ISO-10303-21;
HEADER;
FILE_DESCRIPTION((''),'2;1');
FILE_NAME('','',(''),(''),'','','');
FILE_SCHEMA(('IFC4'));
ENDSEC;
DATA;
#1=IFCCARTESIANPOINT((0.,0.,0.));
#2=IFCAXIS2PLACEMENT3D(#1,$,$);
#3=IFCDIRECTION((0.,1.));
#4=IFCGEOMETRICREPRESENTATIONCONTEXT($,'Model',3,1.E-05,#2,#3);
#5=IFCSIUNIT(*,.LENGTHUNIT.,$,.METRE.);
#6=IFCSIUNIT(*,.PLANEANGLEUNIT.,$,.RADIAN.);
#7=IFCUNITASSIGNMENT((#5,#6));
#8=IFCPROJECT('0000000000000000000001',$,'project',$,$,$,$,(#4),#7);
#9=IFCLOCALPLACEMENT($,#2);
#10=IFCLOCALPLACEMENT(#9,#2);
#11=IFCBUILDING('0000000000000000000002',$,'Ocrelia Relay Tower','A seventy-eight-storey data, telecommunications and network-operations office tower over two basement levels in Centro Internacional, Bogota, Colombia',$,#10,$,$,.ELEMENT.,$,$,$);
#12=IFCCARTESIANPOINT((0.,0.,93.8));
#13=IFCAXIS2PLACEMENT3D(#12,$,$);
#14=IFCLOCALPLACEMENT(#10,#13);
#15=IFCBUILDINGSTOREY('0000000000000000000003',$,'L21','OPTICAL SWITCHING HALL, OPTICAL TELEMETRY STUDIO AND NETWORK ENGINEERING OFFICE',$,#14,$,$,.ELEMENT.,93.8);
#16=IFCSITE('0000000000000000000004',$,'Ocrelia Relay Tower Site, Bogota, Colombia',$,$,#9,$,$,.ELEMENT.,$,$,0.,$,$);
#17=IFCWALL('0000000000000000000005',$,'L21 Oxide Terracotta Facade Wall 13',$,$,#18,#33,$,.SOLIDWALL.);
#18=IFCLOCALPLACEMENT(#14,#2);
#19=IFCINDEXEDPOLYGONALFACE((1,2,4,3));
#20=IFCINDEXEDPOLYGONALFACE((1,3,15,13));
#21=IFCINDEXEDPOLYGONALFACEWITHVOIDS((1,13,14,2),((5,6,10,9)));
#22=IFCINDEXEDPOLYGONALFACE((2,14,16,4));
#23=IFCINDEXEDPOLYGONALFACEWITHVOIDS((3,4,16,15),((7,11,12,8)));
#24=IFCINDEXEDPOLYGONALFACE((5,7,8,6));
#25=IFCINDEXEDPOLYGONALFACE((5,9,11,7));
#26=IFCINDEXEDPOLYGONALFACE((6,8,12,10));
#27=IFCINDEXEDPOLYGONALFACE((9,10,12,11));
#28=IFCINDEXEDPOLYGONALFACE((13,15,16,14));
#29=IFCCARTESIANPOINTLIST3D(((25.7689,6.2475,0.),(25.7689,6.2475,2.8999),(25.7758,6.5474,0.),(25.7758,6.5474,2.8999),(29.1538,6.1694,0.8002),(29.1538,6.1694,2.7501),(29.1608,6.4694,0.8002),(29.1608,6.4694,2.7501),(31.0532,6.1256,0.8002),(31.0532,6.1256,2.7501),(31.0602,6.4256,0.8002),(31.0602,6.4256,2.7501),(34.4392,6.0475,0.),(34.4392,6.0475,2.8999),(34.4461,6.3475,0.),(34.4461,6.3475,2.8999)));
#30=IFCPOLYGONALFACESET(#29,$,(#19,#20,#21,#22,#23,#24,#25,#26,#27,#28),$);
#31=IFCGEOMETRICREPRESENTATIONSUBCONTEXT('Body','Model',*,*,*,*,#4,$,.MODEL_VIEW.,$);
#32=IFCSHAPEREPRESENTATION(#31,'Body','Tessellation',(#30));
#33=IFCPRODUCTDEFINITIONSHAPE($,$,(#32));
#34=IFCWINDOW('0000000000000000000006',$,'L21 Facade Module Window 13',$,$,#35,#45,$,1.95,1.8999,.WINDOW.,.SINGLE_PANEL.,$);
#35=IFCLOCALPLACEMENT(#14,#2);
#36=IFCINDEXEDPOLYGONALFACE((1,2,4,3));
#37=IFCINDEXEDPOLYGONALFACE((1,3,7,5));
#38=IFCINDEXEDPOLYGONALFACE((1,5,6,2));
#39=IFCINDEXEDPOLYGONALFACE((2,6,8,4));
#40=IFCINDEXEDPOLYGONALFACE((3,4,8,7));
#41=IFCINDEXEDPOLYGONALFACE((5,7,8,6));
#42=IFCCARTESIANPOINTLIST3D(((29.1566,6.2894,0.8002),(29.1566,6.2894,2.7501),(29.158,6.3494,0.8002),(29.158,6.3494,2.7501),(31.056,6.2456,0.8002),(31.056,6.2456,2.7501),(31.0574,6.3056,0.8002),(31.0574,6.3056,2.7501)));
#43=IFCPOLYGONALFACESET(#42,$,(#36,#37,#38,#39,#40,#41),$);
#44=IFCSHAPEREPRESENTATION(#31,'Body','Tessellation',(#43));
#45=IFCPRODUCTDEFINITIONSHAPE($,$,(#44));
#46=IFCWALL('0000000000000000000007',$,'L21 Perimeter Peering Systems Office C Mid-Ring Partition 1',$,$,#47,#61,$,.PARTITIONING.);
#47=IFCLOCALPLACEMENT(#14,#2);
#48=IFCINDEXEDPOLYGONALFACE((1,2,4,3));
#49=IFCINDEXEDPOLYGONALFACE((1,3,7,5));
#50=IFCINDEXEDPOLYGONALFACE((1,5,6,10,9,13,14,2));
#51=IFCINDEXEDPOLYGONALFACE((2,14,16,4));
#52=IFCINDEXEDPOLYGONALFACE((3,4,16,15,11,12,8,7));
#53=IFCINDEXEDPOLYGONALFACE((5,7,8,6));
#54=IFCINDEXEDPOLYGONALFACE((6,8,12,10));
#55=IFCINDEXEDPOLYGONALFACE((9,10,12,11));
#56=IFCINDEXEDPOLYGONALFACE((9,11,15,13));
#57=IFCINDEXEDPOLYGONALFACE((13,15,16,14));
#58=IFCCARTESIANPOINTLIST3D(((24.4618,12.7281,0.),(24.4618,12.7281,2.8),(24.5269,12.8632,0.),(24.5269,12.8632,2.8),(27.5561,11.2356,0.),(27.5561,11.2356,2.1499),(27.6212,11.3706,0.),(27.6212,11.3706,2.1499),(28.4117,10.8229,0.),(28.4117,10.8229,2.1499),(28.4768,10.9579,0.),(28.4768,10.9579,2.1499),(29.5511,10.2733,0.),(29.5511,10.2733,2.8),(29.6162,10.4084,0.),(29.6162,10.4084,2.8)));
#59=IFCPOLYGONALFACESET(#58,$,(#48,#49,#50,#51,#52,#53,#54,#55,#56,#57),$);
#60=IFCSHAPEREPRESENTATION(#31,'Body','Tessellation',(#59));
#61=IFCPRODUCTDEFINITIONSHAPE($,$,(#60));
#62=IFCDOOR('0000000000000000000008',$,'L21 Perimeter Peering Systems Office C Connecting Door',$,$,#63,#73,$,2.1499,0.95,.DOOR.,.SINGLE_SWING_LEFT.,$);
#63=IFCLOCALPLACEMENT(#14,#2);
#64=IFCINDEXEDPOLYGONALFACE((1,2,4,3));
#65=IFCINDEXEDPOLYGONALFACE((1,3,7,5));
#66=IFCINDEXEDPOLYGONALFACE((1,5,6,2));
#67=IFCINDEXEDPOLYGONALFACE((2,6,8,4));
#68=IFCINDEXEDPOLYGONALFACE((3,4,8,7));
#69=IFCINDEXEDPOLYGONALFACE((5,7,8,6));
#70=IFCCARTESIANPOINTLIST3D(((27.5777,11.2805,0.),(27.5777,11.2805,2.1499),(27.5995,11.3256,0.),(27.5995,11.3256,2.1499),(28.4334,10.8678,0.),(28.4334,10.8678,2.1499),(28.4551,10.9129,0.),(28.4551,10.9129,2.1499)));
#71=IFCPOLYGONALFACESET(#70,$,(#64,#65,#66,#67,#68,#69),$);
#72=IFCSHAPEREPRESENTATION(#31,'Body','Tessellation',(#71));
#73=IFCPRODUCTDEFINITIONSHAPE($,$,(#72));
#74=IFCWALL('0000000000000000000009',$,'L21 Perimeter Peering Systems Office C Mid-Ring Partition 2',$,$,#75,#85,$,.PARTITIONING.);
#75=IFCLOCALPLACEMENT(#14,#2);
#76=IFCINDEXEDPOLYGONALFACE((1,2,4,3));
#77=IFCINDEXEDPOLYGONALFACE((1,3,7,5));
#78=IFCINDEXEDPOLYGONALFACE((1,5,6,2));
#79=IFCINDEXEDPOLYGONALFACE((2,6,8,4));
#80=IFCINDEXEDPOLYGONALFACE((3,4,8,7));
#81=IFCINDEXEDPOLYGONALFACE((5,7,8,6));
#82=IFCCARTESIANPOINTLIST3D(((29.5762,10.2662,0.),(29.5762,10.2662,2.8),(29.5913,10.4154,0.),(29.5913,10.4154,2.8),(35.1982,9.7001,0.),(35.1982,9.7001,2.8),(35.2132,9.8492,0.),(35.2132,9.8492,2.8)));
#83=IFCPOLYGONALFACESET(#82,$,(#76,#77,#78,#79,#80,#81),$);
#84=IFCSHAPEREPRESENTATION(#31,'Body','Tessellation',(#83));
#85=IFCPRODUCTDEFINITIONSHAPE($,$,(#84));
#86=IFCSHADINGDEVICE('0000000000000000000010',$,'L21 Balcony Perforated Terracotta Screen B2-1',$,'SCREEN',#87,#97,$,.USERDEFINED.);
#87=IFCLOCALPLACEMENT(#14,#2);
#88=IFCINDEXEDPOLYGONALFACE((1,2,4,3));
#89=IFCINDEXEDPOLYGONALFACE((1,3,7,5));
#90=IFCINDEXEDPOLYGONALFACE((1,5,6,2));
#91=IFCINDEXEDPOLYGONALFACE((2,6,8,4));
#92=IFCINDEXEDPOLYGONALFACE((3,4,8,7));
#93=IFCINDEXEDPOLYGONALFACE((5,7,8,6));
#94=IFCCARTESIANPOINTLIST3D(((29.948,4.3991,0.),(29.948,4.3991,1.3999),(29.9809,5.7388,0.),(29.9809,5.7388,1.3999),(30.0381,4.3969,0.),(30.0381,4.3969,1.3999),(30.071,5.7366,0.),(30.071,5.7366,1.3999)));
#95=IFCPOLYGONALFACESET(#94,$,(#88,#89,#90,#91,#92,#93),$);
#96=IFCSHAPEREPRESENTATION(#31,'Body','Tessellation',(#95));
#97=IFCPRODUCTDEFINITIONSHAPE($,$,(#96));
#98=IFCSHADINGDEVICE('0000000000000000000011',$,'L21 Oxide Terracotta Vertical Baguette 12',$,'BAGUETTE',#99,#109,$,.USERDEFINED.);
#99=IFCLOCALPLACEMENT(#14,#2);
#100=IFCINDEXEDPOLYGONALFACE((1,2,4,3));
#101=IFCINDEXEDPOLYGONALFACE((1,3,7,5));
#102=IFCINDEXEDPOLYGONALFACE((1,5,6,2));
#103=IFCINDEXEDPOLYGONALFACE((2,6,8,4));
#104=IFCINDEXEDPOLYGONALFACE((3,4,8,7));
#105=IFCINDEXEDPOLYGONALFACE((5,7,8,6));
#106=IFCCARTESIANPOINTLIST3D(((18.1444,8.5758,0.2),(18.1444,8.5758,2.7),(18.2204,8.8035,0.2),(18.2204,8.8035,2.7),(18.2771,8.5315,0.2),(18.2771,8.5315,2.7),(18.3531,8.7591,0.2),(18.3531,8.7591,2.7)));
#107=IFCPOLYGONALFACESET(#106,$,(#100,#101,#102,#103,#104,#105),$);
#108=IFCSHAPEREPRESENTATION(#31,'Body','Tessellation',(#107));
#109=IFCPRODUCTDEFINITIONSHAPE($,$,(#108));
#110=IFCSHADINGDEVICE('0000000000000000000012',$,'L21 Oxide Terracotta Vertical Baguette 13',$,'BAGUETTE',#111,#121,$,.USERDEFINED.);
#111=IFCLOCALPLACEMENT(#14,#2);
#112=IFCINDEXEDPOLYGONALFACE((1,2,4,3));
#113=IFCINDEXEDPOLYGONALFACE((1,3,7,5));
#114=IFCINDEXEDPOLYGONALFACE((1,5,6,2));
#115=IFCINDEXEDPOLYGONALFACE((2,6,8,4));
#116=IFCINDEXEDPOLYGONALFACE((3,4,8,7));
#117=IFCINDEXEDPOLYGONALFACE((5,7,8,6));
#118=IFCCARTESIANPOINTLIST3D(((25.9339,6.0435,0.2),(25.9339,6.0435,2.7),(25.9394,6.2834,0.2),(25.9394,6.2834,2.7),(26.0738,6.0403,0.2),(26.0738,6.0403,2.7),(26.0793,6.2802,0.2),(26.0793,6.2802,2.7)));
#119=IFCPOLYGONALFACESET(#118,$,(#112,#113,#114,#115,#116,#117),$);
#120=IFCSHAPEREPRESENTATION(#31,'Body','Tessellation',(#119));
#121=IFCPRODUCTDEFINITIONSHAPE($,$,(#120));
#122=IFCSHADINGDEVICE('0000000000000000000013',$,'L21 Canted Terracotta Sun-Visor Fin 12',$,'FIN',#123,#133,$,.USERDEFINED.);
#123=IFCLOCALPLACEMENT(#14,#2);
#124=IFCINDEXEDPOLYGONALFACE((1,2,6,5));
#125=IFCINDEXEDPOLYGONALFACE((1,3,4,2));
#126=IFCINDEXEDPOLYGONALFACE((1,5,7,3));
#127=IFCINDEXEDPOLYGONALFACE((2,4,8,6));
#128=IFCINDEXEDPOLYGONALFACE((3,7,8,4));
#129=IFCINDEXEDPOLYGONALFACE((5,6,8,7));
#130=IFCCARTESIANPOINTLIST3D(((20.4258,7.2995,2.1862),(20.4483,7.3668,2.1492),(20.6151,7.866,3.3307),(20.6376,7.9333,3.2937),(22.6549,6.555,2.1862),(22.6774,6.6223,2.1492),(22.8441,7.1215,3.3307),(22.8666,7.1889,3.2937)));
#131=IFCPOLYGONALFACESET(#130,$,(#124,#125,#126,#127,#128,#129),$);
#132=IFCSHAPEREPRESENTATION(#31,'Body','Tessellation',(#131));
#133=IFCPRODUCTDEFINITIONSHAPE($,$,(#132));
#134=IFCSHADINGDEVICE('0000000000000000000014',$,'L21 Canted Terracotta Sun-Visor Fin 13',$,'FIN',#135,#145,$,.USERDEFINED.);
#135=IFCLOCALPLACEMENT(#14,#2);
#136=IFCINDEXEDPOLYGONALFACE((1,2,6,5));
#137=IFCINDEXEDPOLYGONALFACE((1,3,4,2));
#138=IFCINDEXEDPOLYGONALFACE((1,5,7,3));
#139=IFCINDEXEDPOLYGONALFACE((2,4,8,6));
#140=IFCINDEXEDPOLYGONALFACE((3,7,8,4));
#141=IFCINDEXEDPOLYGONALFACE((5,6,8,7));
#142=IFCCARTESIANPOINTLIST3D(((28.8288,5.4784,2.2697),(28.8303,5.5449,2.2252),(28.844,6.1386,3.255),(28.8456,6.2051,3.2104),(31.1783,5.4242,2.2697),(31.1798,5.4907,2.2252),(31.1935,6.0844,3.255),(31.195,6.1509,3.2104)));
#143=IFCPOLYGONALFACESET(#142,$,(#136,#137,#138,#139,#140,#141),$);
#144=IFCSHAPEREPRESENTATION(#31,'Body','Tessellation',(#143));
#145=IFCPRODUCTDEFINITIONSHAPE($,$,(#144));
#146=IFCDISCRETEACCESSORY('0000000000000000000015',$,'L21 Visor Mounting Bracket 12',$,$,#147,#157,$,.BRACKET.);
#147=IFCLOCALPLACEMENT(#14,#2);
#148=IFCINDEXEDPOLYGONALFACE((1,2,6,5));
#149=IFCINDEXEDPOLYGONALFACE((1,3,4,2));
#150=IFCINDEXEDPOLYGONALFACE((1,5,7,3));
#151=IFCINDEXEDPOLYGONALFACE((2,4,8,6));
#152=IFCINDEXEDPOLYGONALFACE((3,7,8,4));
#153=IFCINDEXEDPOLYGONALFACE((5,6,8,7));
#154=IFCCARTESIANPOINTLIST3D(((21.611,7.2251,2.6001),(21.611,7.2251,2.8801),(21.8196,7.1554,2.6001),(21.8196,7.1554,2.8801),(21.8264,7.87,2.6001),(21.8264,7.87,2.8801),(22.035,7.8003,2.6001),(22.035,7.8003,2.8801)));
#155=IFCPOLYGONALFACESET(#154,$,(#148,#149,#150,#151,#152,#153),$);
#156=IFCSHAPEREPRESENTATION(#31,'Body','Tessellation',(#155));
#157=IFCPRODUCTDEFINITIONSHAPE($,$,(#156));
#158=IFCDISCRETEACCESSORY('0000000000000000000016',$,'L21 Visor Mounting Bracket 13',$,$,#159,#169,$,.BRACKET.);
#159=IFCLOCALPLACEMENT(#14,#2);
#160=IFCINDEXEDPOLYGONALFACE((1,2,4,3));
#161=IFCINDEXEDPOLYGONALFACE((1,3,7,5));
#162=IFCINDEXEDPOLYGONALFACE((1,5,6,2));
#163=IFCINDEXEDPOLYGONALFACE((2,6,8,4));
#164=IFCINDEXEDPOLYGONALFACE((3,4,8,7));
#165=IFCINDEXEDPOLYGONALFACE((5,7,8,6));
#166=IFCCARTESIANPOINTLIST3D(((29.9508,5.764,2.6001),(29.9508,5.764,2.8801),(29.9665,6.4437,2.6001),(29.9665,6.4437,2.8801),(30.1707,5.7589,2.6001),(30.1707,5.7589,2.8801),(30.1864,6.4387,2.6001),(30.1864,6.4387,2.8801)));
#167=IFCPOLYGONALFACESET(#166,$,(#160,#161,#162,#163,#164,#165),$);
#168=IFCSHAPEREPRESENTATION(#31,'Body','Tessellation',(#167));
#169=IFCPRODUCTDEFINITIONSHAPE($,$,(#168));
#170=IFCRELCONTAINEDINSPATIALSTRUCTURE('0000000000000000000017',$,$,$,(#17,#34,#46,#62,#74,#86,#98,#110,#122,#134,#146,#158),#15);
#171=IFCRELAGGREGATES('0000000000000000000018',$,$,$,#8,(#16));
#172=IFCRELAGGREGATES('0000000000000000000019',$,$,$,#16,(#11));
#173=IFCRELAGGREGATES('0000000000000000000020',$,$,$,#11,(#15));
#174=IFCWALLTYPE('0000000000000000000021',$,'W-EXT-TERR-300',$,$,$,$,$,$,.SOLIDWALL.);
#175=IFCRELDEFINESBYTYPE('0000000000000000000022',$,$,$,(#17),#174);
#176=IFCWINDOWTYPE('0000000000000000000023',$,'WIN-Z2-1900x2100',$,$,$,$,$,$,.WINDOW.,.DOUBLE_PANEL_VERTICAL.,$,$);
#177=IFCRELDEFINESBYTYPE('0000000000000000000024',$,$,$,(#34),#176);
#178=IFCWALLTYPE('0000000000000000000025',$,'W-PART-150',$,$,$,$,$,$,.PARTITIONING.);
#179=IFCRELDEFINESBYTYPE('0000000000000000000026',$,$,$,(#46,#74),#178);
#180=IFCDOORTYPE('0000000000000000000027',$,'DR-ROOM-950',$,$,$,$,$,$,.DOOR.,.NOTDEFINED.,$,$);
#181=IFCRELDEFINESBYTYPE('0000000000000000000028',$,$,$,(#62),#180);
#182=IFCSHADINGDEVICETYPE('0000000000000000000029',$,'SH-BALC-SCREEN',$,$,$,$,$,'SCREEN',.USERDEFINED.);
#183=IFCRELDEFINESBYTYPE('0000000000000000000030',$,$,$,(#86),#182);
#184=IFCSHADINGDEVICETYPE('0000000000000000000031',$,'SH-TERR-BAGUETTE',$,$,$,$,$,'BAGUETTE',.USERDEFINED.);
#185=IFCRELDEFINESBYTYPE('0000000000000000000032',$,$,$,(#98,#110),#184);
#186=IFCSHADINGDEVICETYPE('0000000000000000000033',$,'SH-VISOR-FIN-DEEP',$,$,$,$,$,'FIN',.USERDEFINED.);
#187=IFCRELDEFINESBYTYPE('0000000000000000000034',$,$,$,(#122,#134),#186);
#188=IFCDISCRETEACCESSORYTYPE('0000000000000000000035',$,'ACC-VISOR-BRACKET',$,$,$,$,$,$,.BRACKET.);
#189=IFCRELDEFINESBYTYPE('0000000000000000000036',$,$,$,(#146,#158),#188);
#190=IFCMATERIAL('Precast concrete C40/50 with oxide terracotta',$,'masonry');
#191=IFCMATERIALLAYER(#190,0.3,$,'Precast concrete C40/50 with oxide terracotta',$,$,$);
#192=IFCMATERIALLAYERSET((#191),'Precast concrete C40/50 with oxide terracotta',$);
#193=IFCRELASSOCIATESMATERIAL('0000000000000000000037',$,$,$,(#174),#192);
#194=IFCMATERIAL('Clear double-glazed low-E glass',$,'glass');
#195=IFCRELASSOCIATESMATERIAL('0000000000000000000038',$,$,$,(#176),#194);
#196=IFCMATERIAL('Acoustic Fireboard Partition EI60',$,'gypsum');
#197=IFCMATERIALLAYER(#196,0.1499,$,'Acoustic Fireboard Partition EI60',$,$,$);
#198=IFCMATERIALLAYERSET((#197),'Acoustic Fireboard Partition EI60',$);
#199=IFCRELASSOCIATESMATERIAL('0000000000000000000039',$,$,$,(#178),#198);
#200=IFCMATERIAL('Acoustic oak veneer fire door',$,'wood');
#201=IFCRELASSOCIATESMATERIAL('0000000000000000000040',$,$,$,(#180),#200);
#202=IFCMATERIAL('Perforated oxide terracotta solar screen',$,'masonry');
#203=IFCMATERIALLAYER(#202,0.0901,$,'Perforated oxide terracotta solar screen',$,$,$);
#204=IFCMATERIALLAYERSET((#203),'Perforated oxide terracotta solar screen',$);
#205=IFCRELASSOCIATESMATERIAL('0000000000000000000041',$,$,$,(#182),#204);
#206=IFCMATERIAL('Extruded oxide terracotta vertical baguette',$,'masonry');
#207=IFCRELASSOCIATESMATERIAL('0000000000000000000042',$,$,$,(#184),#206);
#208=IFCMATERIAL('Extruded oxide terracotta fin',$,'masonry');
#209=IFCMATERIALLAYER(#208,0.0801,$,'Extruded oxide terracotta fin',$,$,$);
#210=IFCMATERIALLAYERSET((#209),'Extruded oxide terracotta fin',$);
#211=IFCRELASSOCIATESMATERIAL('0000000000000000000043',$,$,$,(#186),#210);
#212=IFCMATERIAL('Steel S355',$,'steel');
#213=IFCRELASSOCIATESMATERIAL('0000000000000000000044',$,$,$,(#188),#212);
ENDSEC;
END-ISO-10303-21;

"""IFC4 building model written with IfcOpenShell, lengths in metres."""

from ifc_helpers import new_model, si_unit, direction, frame, frame_2d, origin, origin_2d, place, context, subcontext, project, spatial, rectangle, extrude, material, layer, layer_set, type_object, element, fill, save


model = new_model("IFC4")

# Units and contexts
model_context = context("Model", 3, precision=1e-05, world=origin(), true_north=direction((0.0, 1.0)))
body_context = subcontext(model_context, "Body", "Model", "MODEL_VIEW")
ifc_project = project(units=[si_unit("LENGTHUNIT", "METRE"), si_unit("PLANEANGLEUNIT", "RADIAN")], contexts=[model_context])

# Site, building, storey
site_placement = place(None, origin())
site = spatial("IfcSite", under=ifc_project, at=site_placement, Name="Ocrelia Relay Tower Site, Bogota, Colombia", CompositionType="ELEMENT", RefElevation=0.0)
building_placement = place(site_placement, origin())
building = spatial("IfcBuilding", under=site, at=building_placement, Name="Ocrelia Relay Tower", Description="A seventy-eight-storey data, telecommunications and network-operations office tower over two basement levels in Centro Internacional, Bogota, Colombia", CompositionType="ELEMENT")
storey_placement = place(building_placement, frame((0.0, 0.0, 93.8)))
storey = spatial("IfcBuildingStorey", under=building, at=storey_placement, Name="L21", Description="OPTICAL SWITCHING HALL, OPTICAL TELEMETRY STUDIO AND NETWORK ENGINEERING OFFICE", CompositionType="ELEMENT", Elevation=93.8)

# Shared definitions
ifc_material_1 = material(Name="Steel S355", Category="steel")

# Wall, opening, window
ifc_material_2 = material(Name="Precast concrete C40/50 with oxide terracotta", Category="masonry")
ifc_layer_1 = layer(ifc_material_2, 0.3, Name="Precast concrete C40/50 with oxide terracotta")
ifc_layer_set_1 = layer_set([ifc_layer_1], Name="Precast concrete C40/50 with oxide terracotta")
wall_type_1 = type_object("IfcWallType", Name="W-EXT-TERR-300", PredefinedType="SOLIDWALL", material=ifc_layer_set_1)
ifc_material_3 = material(Name="Clear double-glazed low-E glass", Category="glass")
window_type = type_object("IfcWindowType", Name="WIN-Z2-1900x2100", PartitioningType="DOUBLE_PANEL_VERTICAL", PredefinedType="WINDOW", material=ifc_material_3)
wall_1_placement = place(storey_placement, frame((25.7722, 6.3975, 0.0), z_axis=(0.0, 0.0, 1.0), x_axis=(0.999734, -0.023055, 0.0)))
wall_1 = element("IfcWall", 1, at=wall_1_placement, inside=storey, type_object=wall_type_1, Name="L21 Oxide Terracotta Facade Wall 13", PredefinedType="SOLIDWALL", context=body_context, shape_type="SweptSolid", body=[
    extrude(rectangle(XDim=8.6726, YDim=0.3, at=frame_2d((4.3364, 0.0))), origin(), (0.0, 0.0, 1.0), 2.8999),
])
opening_1_placement = place(wall_1_placement, frame((3.386, 0.0, 0.8)))
opening_1 = element("IfcOpeningElement", 2, at=opening_1_placement, cuts=wall_1, PredefinedType="OPENING", context=body_context, shape_type="SweptSolid", body=[
    extrude(rectangle(XDim=1.8999, YDim=1.95, at=frame_2d((0.95, 0.9751))), frame((0.0, 0.1602, 0.0), z_axis=(0.0, -1.0, 0.0), x_axis=(1.0, 0.0, 0.0)), (0.0, 0.0, 1.0), 0.3201),
])
window_1_placement = place(opening_1_placement, origin())
window_1 = element("IfcWindow", 3, at=window_1_placement, inside=storey, type_object=window_type, Name="L21 Facade Module Window 13", OverallHeight=1.95, OverallWidth=1.8999, PartitioningType="SINGLE_PANEL", PredefinedType="WINDOW", context=body_context, shape_type="SweptSolid", body=[
    extrude(rectangle(XDim=1.8999, YDim=1.95, at=frame_2d((0.95, 0.9751))), frame((0.0, 0.03, 0.0), z_axis=(0.0, -1.0, 0.0), x_axis=(1.0, 0.0, 0.0)), (0.0, 0.0, 1.0), 0.0601),
])
fill(opening_1, window_1)

# Wall, opening, door
ifc_material_4 = material(Name="Acoustic Fireboard Partition EI60", Category="gypsum")
ifc_layer_2 = layer(ifc_material_4, 0.1499, Name="Acoustic Fireboard Partition EI60")
ifc_layer_set_2 = layer_set([ifc_layer_2], Name="Acoustic Fireboard Partition EI60")
wall_type_2 = type_object("IfcWallType", Name="W-PART-150", PredefinedType="PARTITIONING", material=ifc_layer_set_2)
wall_2_placement = place(storey_placement, frame((24.4944, 12.7957, 0.0), z_axis=(0.0, 0.0, 1.0), x_axis=(0.900697, -0.434448, 0.0)))
wall_2 = element("IfcWall", 4, at=wall_2_placement, inside=storey, type_object=wall_type_2, Name="L21 Perimeter Peering Systems Office C Mid-Ring Partition 1", PredefinedType="PARTITIONING", context=body_context, shape_type="SweptSolid", body=[
    extrude(rectangle(XDim=5.6504, YDim=0.1499, at=frame_2d((2.8252, 0.0))), origin(), (0.0, 0.0, 1.0), 2.8),
])
opening_2_placement = place(wall_2_placement, frame((3.4353, 0.0, 0.0)))
opening_2 = element("IfcOpeningElement", 5, at=opening_2_placement, cuts=wall_2, PredefinedType="OPENING", context=body_context, shape_type="SweptSolid", body=[
    extrude(rectangle(XDim=0.95, YDim=2.1499, at=frame_2d((0.4751, 1.075))), frame((0.0, 0.085, 0.0), z_axis=(0.0, -1.0, 0.0), x_axis=(1.0, 0.0, 0.0)), (0.0, 0.0, 1.0), 0.1699),
])
ifc_material_5 = material(Name="Acoustic oak veneer fire door", Category="wood")
door_type = type_object("IfcDoorType", Name="DR-ROOM-950", OperationType="NOTDEFINED", PredefinedType="DOOR", material=ifc_material_5)
door_placement = place(opening_2_placement, origin())
door = element("IfcDoor", 6, at=door_placement, inside=storey, type_object=door_type, Name="L21 Perimeter Peering Systems Office C Connecting Door", OperationType="SINGLE_SWING_LEFT", OverallHeight=2.1499, OverallWidth=0.95, PredefinedType="DOOR", context=body_context, shape_type="SweptSolid", body=[
    extrude(rectangle(XDim=0.95, YDim=2.1499, at=frame_2d((0.4751, 1.075))), frame((0.0, 0.0249, 0.0), z_axis=(0.0, -1.0, 0.0), x_axis=(1.0, 0.0, 0.0)), (0.0, 0.0, 1.0), 0.05),
])
fill(opening_2, door)

# Wall
wall_3_placement = place(storey_placement, frame((29.5837, 10.3408, 0.0), z_axis=(0.0, 0.0, 1.0), x_axis=(0.994968, -0.100197, 0.0)))
element("IfcWall", 7, at=wall_3_placement, inside=storey, type_object=wall_type_2, Name="L21 Perimeter Peering Systems Office C Mid-Ring Partition 2", PredefinedType="PARTITIONING", context=body_context, shape_type="SweptSolid", body=[
    extrude(rectangle(XDim=5.6504, YDim=0.1499, at=frame_2d((2.8252, 0.0))), origin(), (0.0, 0.0, 1.0), 2.8),
])

# Shading devices
ifc_material_6 = material(Name="Perforated oxide terracotta solar screen", Category="masonry")
ifc_layer_3 = layer(ifc_material_6, 0.0901, Name="Perforated oxide terracotta solar screen")
ifc_layer_set_3 = layer_set([ifc_layer_3], Name="Perforated oxide terracotta solar screen")
shading_device_type_1 = type_object("IfcShadingDeviceType", Name="SH-BALC-SCREEN", ElementType="SCREEN", PredefinedType="USERDEFINED", material=ifc_layer_set_3)
shading_device_1_placement = place(storey_placement, frame((30.0095, 5.0679, 0.0), z_axis=(0.0, 0.0, 1.0), x_axis=(-0.024544, -0.999699, 0.0)))
element("IfcShadingDevice", 8, at=shading_device_1_placement, inside=storey, type_object=shading_device_type_1, Name="L21 Balcony Perforated Terracotta Screen B2-1", ObjectType="SCREEN", PredefinedType="USERDEFINED", context=body_context, shape_type="SweptSolid", body=[
    extrude(rectangle(XDim=1.3401, YDim=0.0901, at=origin_2d()), origin(), (0.0, 0.0, 1.0), 1.3999),
])
ifc_material_7 = material(Name="Extruded oxide terracotta vertical baguette", Category="masonry")
shading_device_type_2 = type_object("IfcShadingDeviceType", Name="SH-TERR-BAGUETTE", ElementType="BAGUETTE", PredefinedType="USERDEFINED", material=ifc_material_7)
for number, where, z_axis, x_axis, name in (
    (9, (18.2488, 8.6675, 0.2), (0.0, 0.0, 1.0), (0.948498, -0.316784, 0.0), "L21 Oxide Terracotta Vertical Baguette 12"),
    (10, (26.0066, 6.1619, 0.2), (0.0, 0.0, 1.0), (0.999734, -0.02306, 0.0), "L21 Oxide Terracotta Vertical Baguette 13"),
):
    element("IfcShadingDevice", number, at=place(storey_placement, frame(where, z_axis=z_axis, x_axis=x_axis)), inside=storey, type_object=shading_device_type_2, Name=name, ObjectType="BAGUETTE", PredefinedType="USERDEFINED", context=body_context, shape_type="SweptSolid", body=[
        extrude(rectangle(XDim=0.1399, YDim=0.24, at=origin_2d()), origin(), (0.0, 0.0, 1.0), 2.5),
    ])
ifc_material_8 = material(Name="Extruded oxide terracotta fin", Category="masonry")
ifc_layer_4 = layer(ifc_material_8, 0.0801, Name="Extruded oxide terracotta fin")
ifc_layer_set_4 = layer_set([ifc_layer_4], Name="Extruded oxide terracotta fin")
shading_device_type_3 = type_object("IfcShadingDeviceType", Name="SH-VISOR-FIN-DEEP", ElementType="FIN", PredefinedType="USERDEFINED", material=ifc_layer_set_4)
shading_device_2_placement = place(storey_placement, frame((21.6575, 7.2778, 2.7214), z_axis=(-0.280837, -0.840869, 0.462677), x_axis=(0.948498, -0.316784, 0.0)))
element("IfcShadingDevice", 11, at=shading_device_2_placement, inside=storey, type_object=shading_device_type_3, Name="L21 Canted Terracotta Sun-Visor Fin 12", ObjectType="FIN", PredefinedType="USERDEFINED", context=body_context, shape_type="SweptSolid", body=[
    extrude(rectangle(XDim=2.3501, YDim=1.291, at=origin_2d()), origin(), (0.0, 0.0, 1.0), 0.0801),
])
shading_device_3_placement = place(storey_placement, frame((30.0127, 5.8479, 2.7178), z_axis=(-0.019156, -0.830472, 0.556731), x_axis=(0.999734, -0.02306, 0.0)))
element("IfcShadingDevice", 12, at=shading_device_3_placement, inside=storey, type_object=shading_device_type_3, Name="L21 Canted Terracotta Sun-Visor Fin 13", ObjectType="FIN", PredefinedType="USERDEFINED", context=body_context, shape_type="SweptSolid", body=[
    extrude(rectangle(XDim=2.3501, YDim=1.186, at=origin_2d()), origin(), (0.0, 0.0, 1.0), 0.0801),
])

# Discrete accessories
discrete_accessory_type = type_object("IfcDiscreteAccessoryType", Name="ACC-VISOR-BRACKET", PredefinedType="BRACKET", material=ifc_material_1)
for number, where, z_axis, x_axis, name in (
    (13, (21.823, 7.5127, 2.6001), (0.0, 0.0, 1.0), (0.948498, -0.316784, 0.0), "L21 Visor Mounting Bracket 12"),
    (14, (30.0686, 6.1013, 2.6001), (0.0, 0.0, 1.0), (0.999734, -0.02306, 0.0), "L21 Visor Mounting Bracket 13"),
):
    element("IfcDiscreteAccessory", number, at=place(storey_placement, frame(where, z_axis=z_axis, x_axis=x_axis)), inside=storey, type_object=discrete_accessory_type, Name=name, PredefinedType="BRACKET", context=body_context, shape_type="SweptSolid", body=[
        extrude(rectangle(XDim=0.22, YDim=0.6799, at=origin_2d()), origin(), (0.0, 0.0, 1.0), 0.28),
    ])

save(model, "model.ifc")
